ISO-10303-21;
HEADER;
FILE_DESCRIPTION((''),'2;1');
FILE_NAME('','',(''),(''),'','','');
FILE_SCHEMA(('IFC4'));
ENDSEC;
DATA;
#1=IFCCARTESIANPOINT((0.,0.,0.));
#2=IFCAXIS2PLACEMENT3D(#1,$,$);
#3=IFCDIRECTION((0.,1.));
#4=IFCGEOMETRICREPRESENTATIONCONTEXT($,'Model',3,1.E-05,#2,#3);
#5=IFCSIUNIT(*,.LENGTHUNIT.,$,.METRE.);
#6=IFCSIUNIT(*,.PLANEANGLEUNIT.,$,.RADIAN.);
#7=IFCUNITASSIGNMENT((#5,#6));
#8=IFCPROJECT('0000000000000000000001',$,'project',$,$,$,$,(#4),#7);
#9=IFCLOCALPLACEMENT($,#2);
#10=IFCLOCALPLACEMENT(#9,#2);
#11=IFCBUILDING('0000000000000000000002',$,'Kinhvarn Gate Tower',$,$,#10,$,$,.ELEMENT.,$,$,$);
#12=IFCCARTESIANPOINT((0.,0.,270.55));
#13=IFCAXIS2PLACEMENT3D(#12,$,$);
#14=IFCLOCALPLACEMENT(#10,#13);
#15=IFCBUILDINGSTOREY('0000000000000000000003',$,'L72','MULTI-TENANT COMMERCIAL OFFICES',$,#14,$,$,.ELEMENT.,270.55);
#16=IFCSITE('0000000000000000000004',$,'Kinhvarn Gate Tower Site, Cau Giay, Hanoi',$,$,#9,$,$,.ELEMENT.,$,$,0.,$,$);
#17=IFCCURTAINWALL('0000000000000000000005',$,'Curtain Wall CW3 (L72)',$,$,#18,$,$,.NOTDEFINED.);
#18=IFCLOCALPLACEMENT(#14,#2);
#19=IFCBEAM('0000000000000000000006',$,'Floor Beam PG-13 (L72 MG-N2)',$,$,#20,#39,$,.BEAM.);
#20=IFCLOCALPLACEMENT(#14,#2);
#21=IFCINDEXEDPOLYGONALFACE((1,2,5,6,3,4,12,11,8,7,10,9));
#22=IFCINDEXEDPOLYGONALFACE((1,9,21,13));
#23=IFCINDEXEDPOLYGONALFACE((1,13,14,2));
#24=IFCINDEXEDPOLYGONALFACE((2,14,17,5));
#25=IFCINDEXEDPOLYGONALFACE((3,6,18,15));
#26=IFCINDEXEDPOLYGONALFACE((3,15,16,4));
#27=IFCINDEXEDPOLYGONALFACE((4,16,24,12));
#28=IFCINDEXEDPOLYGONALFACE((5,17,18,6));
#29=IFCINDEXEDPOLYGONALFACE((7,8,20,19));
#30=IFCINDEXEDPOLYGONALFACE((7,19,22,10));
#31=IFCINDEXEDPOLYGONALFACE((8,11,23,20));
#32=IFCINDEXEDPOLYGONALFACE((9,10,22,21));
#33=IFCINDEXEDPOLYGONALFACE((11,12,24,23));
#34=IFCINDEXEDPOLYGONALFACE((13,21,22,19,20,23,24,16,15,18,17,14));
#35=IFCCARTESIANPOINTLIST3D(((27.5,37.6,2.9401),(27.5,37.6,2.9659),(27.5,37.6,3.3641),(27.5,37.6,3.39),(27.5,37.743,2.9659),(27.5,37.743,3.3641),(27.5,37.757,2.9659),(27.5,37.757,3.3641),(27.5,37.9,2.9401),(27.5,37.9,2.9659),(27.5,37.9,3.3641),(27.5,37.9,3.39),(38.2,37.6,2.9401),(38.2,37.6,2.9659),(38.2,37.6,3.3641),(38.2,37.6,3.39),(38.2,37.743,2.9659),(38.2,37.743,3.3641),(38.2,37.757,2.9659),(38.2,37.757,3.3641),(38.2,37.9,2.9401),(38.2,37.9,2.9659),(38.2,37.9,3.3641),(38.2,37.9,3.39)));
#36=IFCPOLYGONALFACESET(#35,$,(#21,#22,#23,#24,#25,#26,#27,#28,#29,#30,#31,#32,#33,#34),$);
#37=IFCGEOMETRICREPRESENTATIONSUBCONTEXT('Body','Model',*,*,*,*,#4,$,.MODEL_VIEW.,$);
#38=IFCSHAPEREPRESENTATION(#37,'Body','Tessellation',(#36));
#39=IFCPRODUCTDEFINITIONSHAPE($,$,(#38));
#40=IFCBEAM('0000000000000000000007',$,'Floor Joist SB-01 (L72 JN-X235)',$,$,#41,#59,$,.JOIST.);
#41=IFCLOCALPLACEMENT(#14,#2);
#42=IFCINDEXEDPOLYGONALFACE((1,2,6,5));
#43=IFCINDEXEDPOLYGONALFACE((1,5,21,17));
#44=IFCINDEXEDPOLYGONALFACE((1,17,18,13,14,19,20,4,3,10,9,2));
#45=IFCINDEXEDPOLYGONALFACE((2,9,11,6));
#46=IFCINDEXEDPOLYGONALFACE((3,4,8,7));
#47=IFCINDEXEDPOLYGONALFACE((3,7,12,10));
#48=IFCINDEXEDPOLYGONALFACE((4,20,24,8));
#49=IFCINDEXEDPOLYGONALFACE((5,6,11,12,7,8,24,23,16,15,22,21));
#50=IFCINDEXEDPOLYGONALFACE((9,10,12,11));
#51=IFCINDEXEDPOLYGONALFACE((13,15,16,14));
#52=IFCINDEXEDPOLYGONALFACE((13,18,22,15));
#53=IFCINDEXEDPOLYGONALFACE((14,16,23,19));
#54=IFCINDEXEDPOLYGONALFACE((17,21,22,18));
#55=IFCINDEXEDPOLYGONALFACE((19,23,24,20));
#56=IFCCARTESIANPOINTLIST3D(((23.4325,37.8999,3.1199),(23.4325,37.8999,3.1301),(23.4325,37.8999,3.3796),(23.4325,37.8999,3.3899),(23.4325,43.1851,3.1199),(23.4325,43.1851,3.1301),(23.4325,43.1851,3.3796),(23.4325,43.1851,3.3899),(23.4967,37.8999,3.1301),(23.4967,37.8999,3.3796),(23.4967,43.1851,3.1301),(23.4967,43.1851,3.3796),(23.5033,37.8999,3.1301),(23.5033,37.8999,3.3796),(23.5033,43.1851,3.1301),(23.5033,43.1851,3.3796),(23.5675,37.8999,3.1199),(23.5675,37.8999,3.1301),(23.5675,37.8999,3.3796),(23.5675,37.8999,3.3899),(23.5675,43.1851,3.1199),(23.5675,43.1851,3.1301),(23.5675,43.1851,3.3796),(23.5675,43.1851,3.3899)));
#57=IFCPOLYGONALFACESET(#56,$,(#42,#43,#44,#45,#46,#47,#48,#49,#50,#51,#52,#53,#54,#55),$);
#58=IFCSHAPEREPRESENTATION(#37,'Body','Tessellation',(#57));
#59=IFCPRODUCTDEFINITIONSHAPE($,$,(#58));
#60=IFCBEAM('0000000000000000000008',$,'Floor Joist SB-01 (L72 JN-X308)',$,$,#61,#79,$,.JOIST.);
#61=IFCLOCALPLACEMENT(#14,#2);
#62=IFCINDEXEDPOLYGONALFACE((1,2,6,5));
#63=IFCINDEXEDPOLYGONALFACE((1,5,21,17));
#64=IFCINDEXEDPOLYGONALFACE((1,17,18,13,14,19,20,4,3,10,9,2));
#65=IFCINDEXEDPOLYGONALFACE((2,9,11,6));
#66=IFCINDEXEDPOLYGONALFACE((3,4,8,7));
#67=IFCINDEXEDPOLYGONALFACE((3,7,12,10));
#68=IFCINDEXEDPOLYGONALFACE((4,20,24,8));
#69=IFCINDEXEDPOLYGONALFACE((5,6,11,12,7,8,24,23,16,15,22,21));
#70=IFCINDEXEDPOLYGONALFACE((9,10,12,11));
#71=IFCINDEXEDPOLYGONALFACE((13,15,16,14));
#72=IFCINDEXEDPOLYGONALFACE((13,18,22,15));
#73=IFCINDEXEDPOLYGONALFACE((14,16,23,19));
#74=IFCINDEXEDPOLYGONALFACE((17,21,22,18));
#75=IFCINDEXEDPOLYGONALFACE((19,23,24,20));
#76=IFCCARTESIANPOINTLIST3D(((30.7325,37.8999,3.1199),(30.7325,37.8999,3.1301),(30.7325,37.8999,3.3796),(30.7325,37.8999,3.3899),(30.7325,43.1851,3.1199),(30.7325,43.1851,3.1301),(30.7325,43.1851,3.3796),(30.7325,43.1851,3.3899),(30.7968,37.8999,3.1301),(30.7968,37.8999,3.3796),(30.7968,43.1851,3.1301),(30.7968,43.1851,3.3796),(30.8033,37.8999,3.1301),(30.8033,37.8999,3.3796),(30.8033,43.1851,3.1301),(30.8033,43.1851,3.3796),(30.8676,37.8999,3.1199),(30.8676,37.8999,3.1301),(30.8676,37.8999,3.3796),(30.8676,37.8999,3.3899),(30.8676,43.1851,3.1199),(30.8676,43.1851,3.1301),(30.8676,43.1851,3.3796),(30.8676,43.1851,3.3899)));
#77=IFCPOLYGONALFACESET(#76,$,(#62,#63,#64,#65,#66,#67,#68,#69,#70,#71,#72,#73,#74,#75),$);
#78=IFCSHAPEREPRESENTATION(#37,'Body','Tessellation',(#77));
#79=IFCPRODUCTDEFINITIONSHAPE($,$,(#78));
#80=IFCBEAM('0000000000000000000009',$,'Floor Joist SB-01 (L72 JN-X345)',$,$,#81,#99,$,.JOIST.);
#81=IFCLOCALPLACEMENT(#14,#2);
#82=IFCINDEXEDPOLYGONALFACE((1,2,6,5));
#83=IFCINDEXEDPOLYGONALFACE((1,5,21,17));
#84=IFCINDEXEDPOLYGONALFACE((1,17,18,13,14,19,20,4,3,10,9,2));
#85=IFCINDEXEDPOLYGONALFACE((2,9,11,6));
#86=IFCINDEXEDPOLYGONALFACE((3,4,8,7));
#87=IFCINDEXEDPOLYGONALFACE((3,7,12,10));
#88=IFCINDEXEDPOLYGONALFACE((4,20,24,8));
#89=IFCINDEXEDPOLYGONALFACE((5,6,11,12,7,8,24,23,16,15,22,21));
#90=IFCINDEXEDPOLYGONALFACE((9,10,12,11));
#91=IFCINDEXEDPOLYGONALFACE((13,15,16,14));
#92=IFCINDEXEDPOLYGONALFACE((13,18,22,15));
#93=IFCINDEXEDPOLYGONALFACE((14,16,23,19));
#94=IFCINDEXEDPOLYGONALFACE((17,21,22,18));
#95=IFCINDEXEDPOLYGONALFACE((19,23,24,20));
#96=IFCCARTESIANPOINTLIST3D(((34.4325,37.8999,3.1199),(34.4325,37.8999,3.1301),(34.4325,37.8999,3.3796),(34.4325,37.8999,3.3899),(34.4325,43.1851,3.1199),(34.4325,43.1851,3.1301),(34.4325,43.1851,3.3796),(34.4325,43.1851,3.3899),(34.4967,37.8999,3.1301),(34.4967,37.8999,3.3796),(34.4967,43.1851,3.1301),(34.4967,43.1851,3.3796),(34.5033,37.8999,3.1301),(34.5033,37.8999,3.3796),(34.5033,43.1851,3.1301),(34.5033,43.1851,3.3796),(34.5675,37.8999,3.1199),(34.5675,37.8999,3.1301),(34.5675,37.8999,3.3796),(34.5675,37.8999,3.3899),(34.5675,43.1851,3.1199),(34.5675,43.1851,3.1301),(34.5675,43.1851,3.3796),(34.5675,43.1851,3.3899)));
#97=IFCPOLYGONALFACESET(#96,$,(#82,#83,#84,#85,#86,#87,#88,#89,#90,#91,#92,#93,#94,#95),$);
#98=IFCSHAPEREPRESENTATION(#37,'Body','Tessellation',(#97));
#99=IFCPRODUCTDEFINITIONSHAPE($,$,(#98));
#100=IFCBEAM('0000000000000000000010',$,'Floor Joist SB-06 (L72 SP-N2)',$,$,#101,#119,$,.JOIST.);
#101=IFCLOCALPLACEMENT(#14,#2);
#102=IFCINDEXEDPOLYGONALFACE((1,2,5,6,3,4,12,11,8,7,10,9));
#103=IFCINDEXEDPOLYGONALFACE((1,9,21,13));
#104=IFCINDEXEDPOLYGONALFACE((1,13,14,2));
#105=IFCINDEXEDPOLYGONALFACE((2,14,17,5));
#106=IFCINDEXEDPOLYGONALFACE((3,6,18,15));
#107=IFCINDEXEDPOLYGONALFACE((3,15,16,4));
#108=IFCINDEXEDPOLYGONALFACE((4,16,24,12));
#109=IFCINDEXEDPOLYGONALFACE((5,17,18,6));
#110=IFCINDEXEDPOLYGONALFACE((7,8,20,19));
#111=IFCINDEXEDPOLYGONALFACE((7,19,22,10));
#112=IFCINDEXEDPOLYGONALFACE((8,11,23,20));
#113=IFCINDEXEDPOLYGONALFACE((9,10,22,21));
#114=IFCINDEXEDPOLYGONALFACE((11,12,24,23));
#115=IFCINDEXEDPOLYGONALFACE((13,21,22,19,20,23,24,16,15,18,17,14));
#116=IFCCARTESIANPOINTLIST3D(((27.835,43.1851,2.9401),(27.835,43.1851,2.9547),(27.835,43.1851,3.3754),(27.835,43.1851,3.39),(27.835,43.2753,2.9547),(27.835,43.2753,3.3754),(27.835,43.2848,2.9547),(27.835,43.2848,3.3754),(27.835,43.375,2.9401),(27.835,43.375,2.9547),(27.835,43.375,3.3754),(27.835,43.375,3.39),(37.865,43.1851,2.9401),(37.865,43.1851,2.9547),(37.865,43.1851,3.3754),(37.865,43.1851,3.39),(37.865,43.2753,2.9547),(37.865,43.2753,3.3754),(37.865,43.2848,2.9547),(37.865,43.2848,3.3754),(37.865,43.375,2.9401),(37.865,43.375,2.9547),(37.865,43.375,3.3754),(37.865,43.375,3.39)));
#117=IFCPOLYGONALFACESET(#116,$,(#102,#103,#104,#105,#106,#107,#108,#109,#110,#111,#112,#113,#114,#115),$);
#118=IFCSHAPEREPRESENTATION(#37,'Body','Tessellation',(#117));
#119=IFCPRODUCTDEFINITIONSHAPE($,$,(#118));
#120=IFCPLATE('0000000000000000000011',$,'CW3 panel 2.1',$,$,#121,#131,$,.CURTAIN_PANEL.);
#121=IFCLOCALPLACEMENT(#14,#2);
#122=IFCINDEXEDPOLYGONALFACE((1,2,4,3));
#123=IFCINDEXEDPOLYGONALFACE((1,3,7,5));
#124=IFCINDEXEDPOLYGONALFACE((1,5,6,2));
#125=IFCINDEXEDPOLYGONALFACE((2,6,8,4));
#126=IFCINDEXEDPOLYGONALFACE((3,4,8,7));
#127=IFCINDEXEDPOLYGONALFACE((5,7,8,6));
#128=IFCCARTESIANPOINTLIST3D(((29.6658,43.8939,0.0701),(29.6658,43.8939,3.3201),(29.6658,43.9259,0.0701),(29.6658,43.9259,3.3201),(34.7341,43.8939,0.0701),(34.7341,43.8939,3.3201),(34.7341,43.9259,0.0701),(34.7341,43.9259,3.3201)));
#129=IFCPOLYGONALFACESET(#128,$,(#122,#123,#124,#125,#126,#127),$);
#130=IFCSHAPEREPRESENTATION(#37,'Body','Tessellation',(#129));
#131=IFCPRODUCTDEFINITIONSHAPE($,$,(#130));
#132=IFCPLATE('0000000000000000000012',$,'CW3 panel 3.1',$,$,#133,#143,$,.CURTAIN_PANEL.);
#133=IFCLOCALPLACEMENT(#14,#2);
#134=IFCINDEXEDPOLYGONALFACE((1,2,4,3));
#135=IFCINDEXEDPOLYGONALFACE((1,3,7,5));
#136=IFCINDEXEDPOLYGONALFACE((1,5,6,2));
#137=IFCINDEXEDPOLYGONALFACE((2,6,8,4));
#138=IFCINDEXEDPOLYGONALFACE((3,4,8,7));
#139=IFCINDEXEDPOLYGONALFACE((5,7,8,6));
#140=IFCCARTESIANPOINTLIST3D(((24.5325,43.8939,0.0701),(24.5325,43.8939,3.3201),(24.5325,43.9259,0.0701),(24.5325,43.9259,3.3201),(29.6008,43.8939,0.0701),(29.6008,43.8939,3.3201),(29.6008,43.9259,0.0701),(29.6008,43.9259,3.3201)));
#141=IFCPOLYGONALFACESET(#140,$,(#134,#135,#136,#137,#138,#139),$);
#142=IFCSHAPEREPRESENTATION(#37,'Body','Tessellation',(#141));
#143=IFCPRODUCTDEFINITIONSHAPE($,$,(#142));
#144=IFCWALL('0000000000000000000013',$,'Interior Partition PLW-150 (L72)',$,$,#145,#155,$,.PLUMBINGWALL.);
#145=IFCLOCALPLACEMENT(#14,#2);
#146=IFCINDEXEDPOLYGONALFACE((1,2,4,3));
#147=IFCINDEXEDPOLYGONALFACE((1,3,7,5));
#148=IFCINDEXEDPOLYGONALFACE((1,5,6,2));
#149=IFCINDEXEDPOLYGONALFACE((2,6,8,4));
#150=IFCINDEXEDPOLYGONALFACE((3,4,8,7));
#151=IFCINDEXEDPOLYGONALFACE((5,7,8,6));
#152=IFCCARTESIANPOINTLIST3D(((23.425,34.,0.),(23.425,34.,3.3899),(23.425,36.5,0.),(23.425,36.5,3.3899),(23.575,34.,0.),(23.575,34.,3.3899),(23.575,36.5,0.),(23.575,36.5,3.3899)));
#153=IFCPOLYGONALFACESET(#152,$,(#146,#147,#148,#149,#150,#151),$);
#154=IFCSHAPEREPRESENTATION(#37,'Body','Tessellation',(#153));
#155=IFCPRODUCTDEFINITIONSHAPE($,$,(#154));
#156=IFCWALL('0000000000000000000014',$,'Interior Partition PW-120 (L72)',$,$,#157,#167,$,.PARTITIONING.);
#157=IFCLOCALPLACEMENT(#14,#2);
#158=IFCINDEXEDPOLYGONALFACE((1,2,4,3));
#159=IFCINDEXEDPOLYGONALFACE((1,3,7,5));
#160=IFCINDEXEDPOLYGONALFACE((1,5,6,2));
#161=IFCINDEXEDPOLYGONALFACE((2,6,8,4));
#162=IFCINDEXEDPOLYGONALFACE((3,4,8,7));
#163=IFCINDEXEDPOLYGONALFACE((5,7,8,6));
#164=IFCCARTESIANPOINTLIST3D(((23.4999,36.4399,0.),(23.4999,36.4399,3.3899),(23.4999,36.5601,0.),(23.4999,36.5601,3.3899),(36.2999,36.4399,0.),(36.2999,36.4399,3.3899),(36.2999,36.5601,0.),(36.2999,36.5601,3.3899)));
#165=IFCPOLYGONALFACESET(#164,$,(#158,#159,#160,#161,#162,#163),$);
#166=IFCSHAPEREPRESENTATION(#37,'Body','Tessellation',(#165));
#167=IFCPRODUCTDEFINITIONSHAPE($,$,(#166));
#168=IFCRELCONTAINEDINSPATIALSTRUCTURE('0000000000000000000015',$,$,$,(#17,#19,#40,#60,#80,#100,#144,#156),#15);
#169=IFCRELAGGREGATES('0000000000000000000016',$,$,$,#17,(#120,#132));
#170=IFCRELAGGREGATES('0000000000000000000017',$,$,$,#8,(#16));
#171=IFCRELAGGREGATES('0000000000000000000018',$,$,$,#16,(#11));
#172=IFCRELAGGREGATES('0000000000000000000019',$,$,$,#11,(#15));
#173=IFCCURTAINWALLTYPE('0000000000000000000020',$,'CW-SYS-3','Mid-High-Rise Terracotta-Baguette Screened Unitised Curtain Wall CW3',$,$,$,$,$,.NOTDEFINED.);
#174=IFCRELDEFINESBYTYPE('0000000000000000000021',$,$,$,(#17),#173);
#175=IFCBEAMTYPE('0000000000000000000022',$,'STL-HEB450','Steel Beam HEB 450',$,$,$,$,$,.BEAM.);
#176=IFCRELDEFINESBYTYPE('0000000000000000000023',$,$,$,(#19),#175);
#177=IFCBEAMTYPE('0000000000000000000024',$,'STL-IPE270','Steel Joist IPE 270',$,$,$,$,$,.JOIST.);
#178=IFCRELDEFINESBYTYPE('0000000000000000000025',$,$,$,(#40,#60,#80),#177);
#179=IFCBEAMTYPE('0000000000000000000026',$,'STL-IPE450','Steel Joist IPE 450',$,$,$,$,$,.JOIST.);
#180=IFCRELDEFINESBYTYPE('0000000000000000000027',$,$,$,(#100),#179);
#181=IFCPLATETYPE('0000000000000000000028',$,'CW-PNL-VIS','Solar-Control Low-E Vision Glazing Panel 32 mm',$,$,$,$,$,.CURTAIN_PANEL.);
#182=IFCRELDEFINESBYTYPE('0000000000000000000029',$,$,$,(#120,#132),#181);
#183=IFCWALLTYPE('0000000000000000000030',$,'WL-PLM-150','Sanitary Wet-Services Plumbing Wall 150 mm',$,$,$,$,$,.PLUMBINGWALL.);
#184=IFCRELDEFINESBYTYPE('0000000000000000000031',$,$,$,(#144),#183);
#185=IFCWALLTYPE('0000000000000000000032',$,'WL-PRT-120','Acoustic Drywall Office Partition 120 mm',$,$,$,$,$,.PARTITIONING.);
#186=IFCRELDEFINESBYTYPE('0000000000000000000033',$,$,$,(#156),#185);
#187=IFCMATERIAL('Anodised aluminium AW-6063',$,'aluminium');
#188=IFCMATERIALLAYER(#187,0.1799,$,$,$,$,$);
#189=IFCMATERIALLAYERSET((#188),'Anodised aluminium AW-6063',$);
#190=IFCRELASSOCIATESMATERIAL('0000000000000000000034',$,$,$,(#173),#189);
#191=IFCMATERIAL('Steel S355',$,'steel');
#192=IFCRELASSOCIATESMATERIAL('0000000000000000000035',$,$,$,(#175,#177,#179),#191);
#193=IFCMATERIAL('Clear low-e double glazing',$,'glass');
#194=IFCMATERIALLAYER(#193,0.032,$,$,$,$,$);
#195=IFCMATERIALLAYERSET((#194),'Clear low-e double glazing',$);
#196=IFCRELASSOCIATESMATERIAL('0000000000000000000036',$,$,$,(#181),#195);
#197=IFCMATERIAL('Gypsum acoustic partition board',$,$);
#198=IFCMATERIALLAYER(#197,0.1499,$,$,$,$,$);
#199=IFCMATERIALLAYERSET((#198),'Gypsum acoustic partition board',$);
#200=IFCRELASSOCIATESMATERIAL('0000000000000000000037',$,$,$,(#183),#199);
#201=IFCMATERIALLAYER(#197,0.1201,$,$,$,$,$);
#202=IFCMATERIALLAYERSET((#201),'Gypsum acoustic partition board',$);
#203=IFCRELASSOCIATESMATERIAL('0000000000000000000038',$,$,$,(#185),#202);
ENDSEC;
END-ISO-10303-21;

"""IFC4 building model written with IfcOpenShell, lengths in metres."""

from ifc_helpers import new_model, si_unit, direction, frame, frame_2d, origin, origin_2d, place, context, subcontext, project, spatial, rectangle, i_section, extrude, material, layer, layer_set, material_profile, profile_set, type_object, element, aggregate, save


model = new_model("IFC4")

# Units and contexts
model_context = context("Model", 3, precision=1e-05, world=origin(), true_north=direction((0.0, 1.0)))
body_context = subcontext(model_context, "Body", "Model", "MODEL_VIEW")
ifc_project = project(units=[si_unit("LENGTHUNIT", "METRE"), si_unit("PLANEANGLEUNIT", "RADIAN")], contexts=[model_context])

# Site, building, storey
site_placement = place(None, origin())
site = spatial("IfcSite", under=ifc_project, at=site_placement, Name="Kinhvarn Gate Tower Site, Cau Giay, Hanoi", CompositionType="ELEMENT", RefElevation=0.0)
building_placement = place(site_placement, origin())
building = spatial("IfcBuilding", under=site, at=building_placement, Name="Kinhvarn Gate Tower", CompositionType="ELEMENT")
storey_placement = place(building_placement, frame((0.0, 0.0, 270.55)))
storey = spatial("IfcBuildingStorey", under=building, at=storey_placement, Name="L72", Description="MULTI-TENANT COMMERCIAL OFFICES", CompositionType="ELEMENT", Elevation=270.55)

# Curtain wall
ifc_material_1 = material(Name="Anodised aluminium AW-6063", Category="aluminium")
ifc_layer_1 = layer(ifc_material_1, 0.1799)
ifc_layer_set_1 = layer_set([ifc_layer_1], Name="Anodised aluminium AW-6063")
curtain_wall_type = type_object("IfcCurtainWallType", Name="CW-SYS-3", Description="Mid-High-Rise Terracotta-Baguette Screened Unitised Curtain Wall CW3", PredefinedType="NOTDEFINED", material=ifc_layer_set_1)
curtain_wall_placement = place(storey_placement, origin())
curtain_wall = element("IfcCurtainWall", 1, at=curtain_wall_placement, inside=storey, type_object=curtain_wall_type, Name="Curtain Wall CW3 (L72)", PredefinedType="NOTDEFINED")

# Beams
ifc_material_2 = material(Name="Steel S355", Category="steel")
ifc_material_profile_1 = material_profile(ifc_material_2, i_section(OverallWidth=0.3, OverallDepth=0.45, WebThickness=0.0139, FlangeThickness=0.0259, at=origin_2d()), Name="HEB 450")
ifc_profile_set_1 = profile_set([ifc_material_profile_1], Name="Steel S355")
beam_type_1 = type_object("IfcBeamType", Name="STL-HEB450", Description="Steel Beam HEB 450", PredefinedType="BEAM", material=ifc_profile_set_1)
beam_1_placement = place(storey_placement, frame((27.5, 37.75, 3.165), z_axis=(1.0, 0.0, 0.0), x_axis=(0.0, 1.0, 0.0)))
element("IfcBeam", 2, at=beam_1_placement, inside=storey, type_object=beam_type_1, Name="Floor Beam PG-13 (L72 MG-N2)", PredefinedType="BEAM", context=body_context, shape_type="SweptSolid", body=[
    extrude(i_section(OverallWidth=0.3, OverallDepth=0.45, WebThickness=0.0139, FlangeThickness=0.0259, at=origin_2d()), origin(), (0.0, 0.0, 1.0), 10.7),
])
ifc_material_profile_2 = material_profile(ifc_material_2, i_section(OverallWidth=0.135, OverallDepth=0.27, WebThickness=0.0066, FlangeThickness=0.0103, at=origin_2d()), Name="IPE 270")
ifc_profile_set_2 = profile_set([ifc_material_profile_2], Name="Steel S355")
beam_type_2 = type_object("IfcBeamType", Name="STL-IPE270", Description="Steel Joist IPE 270", PredefinedType="JOIST", material=ifc_profile_set_2)
for number, where, z_axis, x_axis, name in (
    (3, (23.5, 37.8999, 3.2549), (0.0, 1.0, 0.0), (-1.0, 0.0, 0.0), "Floor Joist SB-01 (L72 JN-X235)"),
    (4, (30.8, 37.8999, 3.2549), (0.0, 1.0, 0.0), (-1.0, 0.0, 0.0), "Floor Joist SB-01 (L72 JN-X308)"),
    (5, (34.5, 37.8999, 3.2549), (0.0, 1.0, 0.0), (-1.0, 0.0, 0.0), "Floor Joist SB-01 (L72 JN-X345)"),
):
    element("IfcBeam", number, at=place(storey_placement, frame(where, z_axis=z_axis, x_axis=x_axis)), inside=storey, type_object=beam_type_2, Name=name, PredefinedType="JOIST", context=body_context, shape_type="SweptSolid", body=[
        extrude(i_section(OverallWidth=0.135, OverallDepth=0.27, WebThickness=0.0066, FlangeThickness=0.0103, at=origin_2d()), origin(), (0.0, 0.0, 1.0), 5.2852),
    ])
ifc_material_profile_3 = material_profile(ifc_material_2, i_section(OverallWidth=0.1899, OverallDepth=0.45, WebThickness=0.0095, FlangeThickness=0.0146, at=origin_2d()), Name="IPE 450")
ifc_profile_set_3 = profile_set([ifc_material_profile_3], Name="Steel S355")
beam_type_3 = type_object("IfcBeamType", Name="STL-IPE450", Description="Steel Joist IPE 450", PredefinedType="JOIST", material=ifc_profile_set_3)
beam_2_placement = place(storey_placement, frame((27.835, 43.28, 3.165), z_axis=(1.0, 0.0, 0.0), x_axis=(0.0, 1.0, 0.0)))
element("IfcBeam", 6, at=beam_2_placement, inside=storey, type_object=beam_type_3, Name="Floor Joist SB-06 (L72 SP-N2)", PredefinedType="JOIST", context=body_context, shape_type="SweptSolid", body=[
    extrude(i_section(OverallWidth=0.1899, OverallDepth=0.45, WebThickness=0.0095, FlangeThickness=0.0146, at=origin_2d()), origin(), (0.0, 0.0, 1.0), 10.03),
])

# Plates
ifc_material_3 = material(Name="Clear low-e double glazing", Category="glass")
ifc_layer_2 = layer(ifc_material_3, 0.032)
ifc_layer_set_2 = layer_set([ifc_layer_2], Name="Clear low-e double glazing")
plate_type = type_object("IfcPlateType", Name="CW-PNL-VIS", Description="Solar-Control Low-E Vision Glazing Panel 32 mm", PredefinedType="CURTAIN_PANEL", material=ifc_layer_set_2)
plate_1_placement = place(storey_placement, frame((32.2, 43.9099, 0.0701), z_axis=(0.0, 0.0, 1.0), x_axis=(-1.0, 0.0, 0.0)))
plate_1 = element("IfcPlate", 7, at=plate_1_placement, type_object=plate_type, Name="CW3 panel 2.1", PredefinedType="CURTAIN_PANEL", context=body_context, shape_type="SweptSolid", body=[
    extrude(rectangle(XDim=5.0684, YDim=0.032, at=origin_2d()), origin(), (0.0, 0.0, 1.0), 3.25),
])
plate_2_placement = place(storey_placement, frame((27.0667, 43.9099, 0.0701), z_axis=(0.0, 0.0, 1.0), x_axis=(-1.0, 0.0, 0.0)))
plate_2 = element("IfcPlate", 8, at=plate_2_placement, type_object=plate_type, Name="CW3 panel 3.1", PredefinedType="CURTAIN_PANEL", context=body_context, shape_type="SweptSolid", body=[
    extrude(rectangle(XDim=5.0684, YDim=0.032, at=origin_2d()), origin(), (0.0, 0.0, 1.0), 3.25),
])
aggregate(curtain_wall, [plate_1, plate_2])

# Walls
ifc_material_4 = material(Name="Gypsum acoustic partition board")
ifc_layer_3 = layer(ifc_material_4, 0.1499)
ifc_layer_set_3 = layer_set([ifc_layer_3], Name="Gypsum acoustic partition board")
wall_type_1 = type_object("IfcWallType", Name="WL-PLM-150", Description="Sanitary Wet-Services Plumbing Wall 150 mm", PredefinedType="PLUMBINGWALL", material=ifc_layer_set_3)
wall_1_placement = place(storey_placement, frame((23.5, 34.0, 0.0), z_axis=(0.0, 0.0, 1.0), x_axis=(0.0, 1.0, 0.0)))
element("IfcWall", 9, at=wall_1_placement, inside=storey, type_object=wall_type_1, Name="Interior Partition PLW-150 (L72)", PredefinedType="PLUMBINGWALL", context=body_context, shape_type="SweptSolid", body=[
    extrude(rectangle(XDim=2.5, YDim=0.1499, at=frame_2d((1.25, 0.0))), origin(), (0.0, 0.0, 1.0), 3.3899),
])
ifc_layer_4 = layer(ifc_material_4, 0.1201)
ifc_layer_set_4 = layer_set([ifc_layer_4], Name="Gypsum acoustic partition board")
wall_type_2 = type_object("IfcWallType", Name="WL-PRT-120", Description="Acoustic Drywall Office Partition 120 mm", PredefinedType="PARTITIONING", material=ifc_layer_set_4)
wall_2_placement = place(storey_placement, frame((23.5, 36.5, 0.0), z_axis=(0.0, 0.0, 1.0), x_axis=(1.0, 0.0, 0.0)))
element("IfcWall", 10, at=wall_2_placement, inside=storey, type_object=wall_type_2, Name="Interior Partition PW-120 (L72)", PredefinedType="PARTITIONING", context=body_context, shape_type="SweptSolid", body=[
    extrude(rectangle(XDim=12.8, YDim=0.1201, at=frame_2d((6.3999, 0.0))), origin(), (0.0, 0.0, 1.0), 3.3899),
])

save(model, "model.ifc")
